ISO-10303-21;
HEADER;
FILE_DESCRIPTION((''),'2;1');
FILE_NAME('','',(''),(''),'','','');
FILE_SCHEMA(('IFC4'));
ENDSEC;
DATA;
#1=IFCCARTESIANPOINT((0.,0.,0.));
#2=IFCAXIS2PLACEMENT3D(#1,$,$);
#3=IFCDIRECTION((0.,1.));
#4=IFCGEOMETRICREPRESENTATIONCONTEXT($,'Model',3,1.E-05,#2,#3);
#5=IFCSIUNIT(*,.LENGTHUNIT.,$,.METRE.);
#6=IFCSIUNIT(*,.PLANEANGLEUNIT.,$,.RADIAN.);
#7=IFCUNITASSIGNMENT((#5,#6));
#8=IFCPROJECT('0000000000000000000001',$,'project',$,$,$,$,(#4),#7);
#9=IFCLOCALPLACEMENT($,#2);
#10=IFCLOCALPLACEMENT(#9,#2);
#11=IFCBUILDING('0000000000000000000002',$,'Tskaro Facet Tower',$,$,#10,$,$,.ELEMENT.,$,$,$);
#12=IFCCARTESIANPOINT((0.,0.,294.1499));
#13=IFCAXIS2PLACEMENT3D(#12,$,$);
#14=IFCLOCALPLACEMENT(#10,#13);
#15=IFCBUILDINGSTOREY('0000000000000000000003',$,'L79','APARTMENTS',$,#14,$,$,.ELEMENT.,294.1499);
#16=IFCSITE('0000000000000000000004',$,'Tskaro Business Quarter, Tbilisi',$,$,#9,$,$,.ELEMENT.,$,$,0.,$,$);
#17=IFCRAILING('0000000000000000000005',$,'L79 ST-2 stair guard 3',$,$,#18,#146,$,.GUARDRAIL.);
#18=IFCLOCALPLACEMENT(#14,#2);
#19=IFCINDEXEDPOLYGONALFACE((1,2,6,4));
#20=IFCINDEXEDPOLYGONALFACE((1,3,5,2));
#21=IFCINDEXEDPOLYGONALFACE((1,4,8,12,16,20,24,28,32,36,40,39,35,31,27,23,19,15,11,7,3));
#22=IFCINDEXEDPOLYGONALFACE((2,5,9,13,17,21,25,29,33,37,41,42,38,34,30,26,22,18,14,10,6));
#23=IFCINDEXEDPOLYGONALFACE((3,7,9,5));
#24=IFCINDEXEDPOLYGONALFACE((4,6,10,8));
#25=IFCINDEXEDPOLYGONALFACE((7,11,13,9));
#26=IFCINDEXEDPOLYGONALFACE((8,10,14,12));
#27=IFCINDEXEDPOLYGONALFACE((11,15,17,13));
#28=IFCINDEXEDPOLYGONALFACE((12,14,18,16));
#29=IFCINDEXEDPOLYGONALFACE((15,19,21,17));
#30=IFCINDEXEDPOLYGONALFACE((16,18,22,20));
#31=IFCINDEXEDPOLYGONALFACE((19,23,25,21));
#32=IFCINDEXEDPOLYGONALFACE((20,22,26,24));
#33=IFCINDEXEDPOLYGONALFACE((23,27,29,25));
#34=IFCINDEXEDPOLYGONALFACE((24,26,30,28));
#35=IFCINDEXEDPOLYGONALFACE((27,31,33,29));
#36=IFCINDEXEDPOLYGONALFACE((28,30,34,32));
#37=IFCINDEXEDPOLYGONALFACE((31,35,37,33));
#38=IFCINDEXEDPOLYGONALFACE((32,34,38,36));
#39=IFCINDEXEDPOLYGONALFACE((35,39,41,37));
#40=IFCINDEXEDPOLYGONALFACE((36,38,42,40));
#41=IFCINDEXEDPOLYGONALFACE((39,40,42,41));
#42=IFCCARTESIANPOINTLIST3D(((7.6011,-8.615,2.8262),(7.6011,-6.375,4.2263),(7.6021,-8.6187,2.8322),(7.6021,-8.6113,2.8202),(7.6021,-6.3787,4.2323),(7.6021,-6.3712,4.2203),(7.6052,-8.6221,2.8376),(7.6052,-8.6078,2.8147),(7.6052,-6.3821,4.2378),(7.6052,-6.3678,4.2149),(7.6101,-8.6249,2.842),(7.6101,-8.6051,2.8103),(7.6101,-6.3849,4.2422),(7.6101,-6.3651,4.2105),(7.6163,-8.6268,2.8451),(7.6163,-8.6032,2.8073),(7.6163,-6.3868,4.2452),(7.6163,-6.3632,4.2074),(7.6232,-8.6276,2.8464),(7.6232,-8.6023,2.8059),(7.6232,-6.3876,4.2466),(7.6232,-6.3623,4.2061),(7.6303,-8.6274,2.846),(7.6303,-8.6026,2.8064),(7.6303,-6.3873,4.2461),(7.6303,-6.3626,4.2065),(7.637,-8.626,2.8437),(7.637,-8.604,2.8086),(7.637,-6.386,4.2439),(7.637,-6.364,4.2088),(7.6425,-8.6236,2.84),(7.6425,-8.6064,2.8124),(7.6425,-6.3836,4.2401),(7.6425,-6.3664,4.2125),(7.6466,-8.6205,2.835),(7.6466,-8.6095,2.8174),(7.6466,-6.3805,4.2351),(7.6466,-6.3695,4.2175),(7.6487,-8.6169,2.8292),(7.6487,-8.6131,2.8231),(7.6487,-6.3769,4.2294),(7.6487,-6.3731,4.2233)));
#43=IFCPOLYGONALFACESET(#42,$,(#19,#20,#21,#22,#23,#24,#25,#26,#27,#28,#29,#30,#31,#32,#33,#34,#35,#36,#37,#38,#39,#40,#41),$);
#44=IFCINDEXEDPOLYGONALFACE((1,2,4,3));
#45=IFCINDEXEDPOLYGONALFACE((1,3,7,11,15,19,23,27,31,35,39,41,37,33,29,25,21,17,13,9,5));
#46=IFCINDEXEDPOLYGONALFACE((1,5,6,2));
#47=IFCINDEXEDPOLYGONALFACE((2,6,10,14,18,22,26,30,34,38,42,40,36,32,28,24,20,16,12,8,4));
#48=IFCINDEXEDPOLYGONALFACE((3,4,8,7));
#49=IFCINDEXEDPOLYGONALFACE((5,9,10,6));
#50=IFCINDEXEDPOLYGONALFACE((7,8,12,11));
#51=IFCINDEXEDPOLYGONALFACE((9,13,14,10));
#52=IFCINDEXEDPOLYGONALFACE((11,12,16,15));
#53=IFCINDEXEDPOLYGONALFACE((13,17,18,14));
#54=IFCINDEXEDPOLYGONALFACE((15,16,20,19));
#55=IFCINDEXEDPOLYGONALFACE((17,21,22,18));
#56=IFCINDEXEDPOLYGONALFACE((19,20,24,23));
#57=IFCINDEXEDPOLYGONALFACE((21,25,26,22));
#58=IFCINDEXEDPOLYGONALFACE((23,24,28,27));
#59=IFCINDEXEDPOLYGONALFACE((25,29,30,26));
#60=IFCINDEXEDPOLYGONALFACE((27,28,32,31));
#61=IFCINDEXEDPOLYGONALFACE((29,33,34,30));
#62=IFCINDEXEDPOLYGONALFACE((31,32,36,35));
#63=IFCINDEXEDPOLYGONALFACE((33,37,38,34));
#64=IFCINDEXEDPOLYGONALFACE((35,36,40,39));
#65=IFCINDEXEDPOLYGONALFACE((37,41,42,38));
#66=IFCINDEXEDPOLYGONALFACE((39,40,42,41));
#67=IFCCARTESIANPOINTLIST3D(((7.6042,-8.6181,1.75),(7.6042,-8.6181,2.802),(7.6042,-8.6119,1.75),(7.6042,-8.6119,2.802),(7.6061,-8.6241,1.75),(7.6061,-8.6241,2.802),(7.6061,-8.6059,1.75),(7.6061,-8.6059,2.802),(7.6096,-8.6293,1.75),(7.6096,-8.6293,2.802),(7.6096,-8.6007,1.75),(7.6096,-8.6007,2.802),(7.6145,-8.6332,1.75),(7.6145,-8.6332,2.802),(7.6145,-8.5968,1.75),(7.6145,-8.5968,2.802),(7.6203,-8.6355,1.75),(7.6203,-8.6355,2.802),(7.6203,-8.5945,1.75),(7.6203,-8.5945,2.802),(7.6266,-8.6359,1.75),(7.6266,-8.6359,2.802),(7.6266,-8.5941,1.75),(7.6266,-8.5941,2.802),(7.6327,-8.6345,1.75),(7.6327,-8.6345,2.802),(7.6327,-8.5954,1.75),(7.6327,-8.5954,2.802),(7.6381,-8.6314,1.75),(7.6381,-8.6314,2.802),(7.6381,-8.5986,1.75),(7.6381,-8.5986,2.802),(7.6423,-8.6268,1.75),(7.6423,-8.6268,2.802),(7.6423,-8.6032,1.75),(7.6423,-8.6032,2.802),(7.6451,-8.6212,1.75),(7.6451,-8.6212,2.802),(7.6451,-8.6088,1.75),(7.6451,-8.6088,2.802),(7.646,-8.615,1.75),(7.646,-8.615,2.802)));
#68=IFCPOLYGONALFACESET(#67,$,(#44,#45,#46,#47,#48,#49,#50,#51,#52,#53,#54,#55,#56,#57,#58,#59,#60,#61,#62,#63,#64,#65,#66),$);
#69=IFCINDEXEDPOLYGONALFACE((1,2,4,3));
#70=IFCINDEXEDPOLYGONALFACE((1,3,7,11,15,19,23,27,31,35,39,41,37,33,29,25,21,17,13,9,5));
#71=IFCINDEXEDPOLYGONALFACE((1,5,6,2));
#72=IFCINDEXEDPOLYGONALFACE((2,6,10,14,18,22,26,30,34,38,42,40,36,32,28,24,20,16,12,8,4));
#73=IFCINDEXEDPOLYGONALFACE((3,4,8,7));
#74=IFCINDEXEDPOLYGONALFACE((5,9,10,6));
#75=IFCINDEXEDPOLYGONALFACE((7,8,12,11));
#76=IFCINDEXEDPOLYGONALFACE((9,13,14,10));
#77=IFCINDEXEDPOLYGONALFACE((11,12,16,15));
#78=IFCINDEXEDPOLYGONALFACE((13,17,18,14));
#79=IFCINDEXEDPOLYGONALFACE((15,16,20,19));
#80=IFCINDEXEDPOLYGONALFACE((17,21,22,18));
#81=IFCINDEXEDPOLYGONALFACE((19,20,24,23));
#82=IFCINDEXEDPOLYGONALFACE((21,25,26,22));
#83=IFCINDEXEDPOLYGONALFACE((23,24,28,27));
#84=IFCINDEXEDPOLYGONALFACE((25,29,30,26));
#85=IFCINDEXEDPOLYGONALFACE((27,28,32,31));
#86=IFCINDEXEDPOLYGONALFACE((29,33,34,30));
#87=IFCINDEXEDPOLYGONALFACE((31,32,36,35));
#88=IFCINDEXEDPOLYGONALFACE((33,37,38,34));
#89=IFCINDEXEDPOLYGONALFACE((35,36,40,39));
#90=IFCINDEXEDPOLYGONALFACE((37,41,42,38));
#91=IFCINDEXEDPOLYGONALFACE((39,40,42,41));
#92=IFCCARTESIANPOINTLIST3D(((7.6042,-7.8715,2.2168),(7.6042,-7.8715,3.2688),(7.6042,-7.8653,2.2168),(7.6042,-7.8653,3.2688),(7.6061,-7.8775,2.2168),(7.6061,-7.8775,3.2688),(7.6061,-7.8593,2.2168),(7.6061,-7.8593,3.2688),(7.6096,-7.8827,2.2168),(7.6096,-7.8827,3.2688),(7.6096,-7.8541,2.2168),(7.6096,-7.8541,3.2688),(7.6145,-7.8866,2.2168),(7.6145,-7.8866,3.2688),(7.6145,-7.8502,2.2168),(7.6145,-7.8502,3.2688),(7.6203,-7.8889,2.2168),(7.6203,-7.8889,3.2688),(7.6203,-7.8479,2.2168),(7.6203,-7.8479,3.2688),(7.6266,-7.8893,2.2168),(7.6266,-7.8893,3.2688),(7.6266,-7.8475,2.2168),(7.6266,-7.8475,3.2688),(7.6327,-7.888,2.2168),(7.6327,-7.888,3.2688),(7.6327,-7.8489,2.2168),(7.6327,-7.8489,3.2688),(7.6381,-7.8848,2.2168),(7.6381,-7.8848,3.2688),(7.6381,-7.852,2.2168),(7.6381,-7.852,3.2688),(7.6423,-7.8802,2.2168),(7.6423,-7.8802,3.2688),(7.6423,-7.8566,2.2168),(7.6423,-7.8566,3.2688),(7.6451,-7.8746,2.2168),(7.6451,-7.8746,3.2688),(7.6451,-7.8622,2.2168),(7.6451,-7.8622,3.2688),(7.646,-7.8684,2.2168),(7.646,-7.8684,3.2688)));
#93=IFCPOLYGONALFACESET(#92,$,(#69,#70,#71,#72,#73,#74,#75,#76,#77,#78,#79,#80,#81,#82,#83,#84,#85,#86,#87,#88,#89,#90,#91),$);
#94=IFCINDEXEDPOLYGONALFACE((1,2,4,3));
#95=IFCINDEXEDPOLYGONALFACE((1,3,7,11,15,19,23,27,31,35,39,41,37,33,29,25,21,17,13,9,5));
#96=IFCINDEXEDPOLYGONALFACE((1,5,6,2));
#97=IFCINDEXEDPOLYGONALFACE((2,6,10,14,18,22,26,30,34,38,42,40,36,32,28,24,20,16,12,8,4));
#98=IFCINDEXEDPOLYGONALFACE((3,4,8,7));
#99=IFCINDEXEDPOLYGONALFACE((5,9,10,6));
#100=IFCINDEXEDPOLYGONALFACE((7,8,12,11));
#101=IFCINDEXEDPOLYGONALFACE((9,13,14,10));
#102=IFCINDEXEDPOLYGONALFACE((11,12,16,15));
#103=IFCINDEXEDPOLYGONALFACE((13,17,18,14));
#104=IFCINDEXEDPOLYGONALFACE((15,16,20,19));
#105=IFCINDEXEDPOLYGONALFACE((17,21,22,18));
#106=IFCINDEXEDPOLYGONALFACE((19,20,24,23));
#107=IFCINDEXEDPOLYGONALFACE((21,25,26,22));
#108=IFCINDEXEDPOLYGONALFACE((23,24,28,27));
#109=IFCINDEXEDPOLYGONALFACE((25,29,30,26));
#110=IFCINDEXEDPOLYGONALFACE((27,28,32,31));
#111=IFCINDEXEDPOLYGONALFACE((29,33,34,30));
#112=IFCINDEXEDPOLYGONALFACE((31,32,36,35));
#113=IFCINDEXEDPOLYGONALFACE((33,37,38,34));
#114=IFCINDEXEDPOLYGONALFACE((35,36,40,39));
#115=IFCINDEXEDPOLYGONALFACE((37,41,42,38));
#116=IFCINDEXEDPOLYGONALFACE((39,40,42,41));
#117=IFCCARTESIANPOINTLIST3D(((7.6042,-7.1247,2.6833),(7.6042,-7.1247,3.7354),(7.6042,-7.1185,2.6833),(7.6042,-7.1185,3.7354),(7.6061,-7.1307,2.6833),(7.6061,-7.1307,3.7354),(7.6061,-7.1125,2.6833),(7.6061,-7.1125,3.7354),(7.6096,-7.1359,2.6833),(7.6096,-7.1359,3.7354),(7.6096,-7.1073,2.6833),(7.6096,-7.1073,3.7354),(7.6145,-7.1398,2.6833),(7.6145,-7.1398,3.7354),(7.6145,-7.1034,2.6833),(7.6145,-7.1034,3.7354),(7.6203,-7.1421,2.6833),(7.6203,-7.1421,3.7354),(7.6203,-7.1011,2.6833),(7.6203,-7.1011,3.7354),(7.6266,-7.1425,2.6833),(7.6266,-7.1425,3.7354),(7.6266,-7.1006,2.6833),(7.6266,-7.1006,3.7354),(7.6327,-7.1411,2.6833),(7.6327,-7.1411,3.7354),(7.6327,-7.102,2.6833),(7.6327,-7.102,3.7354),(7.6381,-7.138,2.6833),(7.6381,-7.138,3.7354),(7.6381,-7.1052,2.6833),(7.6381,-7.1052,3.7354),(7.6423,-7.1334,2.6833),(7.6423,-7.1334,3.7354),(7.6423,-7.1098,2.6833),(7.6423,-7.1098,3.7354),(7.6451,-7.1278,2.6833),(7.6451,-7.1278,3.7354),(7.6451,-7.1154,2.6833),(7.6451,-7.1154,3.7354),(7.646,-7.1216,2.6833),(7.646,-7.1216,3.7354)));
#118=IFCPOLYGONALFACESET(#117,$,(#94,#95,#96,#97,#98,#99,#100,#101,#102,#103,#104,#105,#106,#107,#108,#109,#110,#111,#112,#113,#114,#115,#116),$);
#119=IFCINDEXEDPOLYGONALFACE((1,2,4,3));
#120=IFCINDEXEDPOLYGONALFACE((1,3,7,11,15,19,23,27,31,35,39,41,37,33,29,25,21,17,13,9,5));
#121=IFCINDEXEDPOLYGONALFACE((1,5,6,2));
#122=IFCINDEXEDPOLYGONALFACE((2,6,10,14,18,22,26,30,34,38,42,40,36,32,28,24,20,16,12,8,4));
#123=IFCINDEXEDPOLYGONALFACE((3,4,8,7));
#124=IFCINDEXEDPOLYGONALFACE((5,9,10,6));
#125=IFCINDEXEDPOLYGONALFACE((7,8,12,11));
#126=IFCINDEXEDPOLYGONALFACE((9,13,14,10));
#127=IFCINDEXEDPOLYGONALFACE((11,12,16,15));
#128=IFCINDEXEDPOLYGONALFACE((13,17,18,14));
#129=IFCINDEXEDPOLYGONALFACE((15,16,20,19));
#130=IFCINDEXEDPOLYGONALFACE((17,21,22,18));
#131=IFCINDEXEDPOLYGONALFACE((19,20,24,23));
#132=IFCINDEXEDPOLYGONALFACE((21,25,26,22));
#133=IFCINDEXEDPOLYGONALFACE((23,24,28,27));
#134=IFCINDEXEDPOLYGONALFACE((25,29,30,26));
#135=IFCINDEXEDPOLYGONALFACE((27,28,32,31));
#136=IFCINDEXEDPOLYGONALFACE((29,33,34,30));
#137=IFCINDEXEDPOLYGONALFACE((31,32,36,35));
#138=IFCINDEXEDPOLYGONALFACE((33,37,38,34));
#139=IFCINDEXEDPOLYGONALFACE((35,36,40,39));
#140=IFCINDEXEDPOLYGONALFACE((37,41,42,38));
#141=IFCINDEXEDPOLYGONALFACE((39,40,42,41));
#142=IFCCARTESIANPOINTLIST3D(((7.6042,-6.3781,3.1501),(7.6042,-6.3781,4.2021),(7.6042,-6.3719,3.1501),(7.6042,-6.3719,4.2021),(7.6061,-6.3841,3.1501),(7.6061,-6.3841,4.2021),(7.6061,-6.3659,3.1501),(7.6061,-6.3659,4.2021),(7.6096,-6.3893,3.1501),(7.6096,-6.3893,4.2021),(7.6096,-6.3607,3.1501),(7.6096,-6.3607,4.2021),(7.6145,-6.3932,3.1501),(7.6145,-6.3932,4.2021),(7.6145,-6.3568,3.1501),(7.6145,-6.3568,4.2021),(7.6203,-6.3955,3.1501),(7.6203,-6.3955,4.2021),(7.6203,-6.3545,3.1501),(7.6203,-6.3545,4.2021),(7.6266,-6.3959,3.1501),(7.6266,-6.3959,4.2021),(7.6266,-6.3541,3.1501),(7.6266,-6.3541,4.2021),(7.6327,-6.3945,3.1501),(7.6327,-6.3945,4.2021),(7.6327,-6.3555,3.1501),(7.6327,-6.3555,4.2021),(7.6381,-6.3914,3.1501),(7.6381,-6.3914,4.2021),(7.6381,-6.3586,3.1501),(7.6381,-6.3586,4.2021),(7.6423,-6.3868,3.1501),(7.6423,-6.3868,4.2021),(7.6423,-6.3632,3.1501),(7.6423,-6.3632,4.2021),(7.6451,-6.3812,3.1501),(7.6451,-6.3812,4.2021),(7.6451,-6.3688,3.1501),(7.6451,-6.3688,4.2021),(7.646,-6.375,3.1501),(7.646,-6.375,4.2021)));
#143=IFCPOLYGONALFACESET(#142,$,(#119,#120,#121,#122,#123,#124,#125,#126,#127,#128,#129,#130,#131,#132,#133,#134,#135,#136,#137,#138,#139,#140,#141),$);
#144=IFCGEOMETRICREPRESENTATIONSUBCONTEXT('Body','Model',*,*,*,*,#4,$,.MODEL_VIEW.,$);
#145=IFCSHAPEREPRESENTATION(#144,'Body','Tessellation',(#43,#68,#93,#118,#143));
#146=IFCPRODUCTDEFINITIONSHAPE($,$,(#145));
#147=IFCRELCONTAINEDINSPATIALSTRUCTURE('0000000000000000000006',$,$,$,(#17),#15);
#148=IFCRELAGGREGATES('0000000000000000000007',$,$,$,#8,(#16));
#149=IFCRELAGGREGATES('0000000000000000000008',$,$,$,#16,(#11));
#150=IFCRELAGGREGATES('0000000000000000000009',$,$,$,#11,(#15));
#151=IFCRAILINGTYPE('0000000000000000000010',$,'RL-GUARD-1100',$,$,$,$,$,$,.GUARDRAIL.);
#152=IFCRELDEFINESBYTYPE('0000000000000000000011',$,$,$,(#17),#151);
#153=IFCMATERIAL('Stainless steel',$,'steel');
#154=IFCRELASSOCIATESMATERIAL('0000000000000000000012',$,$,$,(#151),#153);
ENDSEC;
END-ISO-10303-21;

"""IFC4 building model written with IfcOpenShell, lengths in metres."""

from ifc_helpers import new_model, si_unit, direction, frame, origin, origin_2d, place, context, subcontext, project, spatial, circle, extrude, material, type_object, element, save


model = new_model("IFC4")

# Units and contexts
model_context = context("Model", 3, precision=1e-05, world=origin(), true_north=direction((0.0, 1.0)))
body_context = subcontext(model_context, "Body", "Model", "MODEL_VIEW")
ifc_project = project(units=[si_unit("LENGTHUNIT", "METRE"), si_unit("PLANEANGLEUNIT", "RADIAN")], contexts=[model_context])

# Site, building, storey
site_placement = place(None, origin())
site = spatial("IfcSite", under=ifc_project, at=site_placement, Name="Tskaro Business Quarter, Tbilisi", CompositionType="ELEMENT", RefElevation=0.0)
building_placement = place(site_placement, origin())
building = spatial("IfcBuilding", under=site, at=building_placement, Name="Tskaro Facet Tower", CompositionType="ELEMENT")
storey_placement = place(building_placement, frame((0.0, 0.0, 294.1499)))
storey = spatial("IfcBuildingStorey", under=building, at=storey_placement, Name="L79", Description="APARTMENTS", CompositionType="ELEMENT", Elevation=294.1499)

# Railing
ifc_material_1 = material(Name="Stainless steel", Category="steel")
railing_type_1 = type_object("IfcRailingType", Name="RL-GUARD-1100", PredefinedType="GUARDRAIL", material=ifc_material_1)
railing_1_placement = place(storey_placement, frame((7.625, -8.615, 1.75)))
element("IfcRailing", 1, at=railing_1_placement, inside=storey, type_object=railing_type_1, Name="L79 ST-2 stair guard 3", PredefinedType="GUARDRAIL", context=body_context, shape_type="SweptSolid", body=[
    extrude(circle(Radius=0.0239, at=origin_2d()), frame((0.0, 0.0, 1.0762), z_axis=(0.0, 0.847972, 0.53004), x_axis=(-1.0, 0.0, 0.0)), (0.0, 0.0, 1.0), 2.6416),
    extrude(circle(Radius=0.021, at=origin_2d()), origin(), (0.0, 0.0, 1.0), 1.052),
    extrude(circle(Radius=0.021, at=origin_2d()), frame((0.0, 0.7466, 0.4668)), (0.0, 0.0, 1.0), 1.052),
    extrude(circle(Radius=0.021, at=origin_2d()), frame((0.0, 1.4934, 0.9333)), (0.0, 0.0, 1.0), 1.052),
    extrude(circle(Radius=0.021, at=origin_2d()), frame((0.0, 2.24, 1.4001)), (0.0, 0.0, 1.0), 1.052),
])

save(model, "model.ifc")
